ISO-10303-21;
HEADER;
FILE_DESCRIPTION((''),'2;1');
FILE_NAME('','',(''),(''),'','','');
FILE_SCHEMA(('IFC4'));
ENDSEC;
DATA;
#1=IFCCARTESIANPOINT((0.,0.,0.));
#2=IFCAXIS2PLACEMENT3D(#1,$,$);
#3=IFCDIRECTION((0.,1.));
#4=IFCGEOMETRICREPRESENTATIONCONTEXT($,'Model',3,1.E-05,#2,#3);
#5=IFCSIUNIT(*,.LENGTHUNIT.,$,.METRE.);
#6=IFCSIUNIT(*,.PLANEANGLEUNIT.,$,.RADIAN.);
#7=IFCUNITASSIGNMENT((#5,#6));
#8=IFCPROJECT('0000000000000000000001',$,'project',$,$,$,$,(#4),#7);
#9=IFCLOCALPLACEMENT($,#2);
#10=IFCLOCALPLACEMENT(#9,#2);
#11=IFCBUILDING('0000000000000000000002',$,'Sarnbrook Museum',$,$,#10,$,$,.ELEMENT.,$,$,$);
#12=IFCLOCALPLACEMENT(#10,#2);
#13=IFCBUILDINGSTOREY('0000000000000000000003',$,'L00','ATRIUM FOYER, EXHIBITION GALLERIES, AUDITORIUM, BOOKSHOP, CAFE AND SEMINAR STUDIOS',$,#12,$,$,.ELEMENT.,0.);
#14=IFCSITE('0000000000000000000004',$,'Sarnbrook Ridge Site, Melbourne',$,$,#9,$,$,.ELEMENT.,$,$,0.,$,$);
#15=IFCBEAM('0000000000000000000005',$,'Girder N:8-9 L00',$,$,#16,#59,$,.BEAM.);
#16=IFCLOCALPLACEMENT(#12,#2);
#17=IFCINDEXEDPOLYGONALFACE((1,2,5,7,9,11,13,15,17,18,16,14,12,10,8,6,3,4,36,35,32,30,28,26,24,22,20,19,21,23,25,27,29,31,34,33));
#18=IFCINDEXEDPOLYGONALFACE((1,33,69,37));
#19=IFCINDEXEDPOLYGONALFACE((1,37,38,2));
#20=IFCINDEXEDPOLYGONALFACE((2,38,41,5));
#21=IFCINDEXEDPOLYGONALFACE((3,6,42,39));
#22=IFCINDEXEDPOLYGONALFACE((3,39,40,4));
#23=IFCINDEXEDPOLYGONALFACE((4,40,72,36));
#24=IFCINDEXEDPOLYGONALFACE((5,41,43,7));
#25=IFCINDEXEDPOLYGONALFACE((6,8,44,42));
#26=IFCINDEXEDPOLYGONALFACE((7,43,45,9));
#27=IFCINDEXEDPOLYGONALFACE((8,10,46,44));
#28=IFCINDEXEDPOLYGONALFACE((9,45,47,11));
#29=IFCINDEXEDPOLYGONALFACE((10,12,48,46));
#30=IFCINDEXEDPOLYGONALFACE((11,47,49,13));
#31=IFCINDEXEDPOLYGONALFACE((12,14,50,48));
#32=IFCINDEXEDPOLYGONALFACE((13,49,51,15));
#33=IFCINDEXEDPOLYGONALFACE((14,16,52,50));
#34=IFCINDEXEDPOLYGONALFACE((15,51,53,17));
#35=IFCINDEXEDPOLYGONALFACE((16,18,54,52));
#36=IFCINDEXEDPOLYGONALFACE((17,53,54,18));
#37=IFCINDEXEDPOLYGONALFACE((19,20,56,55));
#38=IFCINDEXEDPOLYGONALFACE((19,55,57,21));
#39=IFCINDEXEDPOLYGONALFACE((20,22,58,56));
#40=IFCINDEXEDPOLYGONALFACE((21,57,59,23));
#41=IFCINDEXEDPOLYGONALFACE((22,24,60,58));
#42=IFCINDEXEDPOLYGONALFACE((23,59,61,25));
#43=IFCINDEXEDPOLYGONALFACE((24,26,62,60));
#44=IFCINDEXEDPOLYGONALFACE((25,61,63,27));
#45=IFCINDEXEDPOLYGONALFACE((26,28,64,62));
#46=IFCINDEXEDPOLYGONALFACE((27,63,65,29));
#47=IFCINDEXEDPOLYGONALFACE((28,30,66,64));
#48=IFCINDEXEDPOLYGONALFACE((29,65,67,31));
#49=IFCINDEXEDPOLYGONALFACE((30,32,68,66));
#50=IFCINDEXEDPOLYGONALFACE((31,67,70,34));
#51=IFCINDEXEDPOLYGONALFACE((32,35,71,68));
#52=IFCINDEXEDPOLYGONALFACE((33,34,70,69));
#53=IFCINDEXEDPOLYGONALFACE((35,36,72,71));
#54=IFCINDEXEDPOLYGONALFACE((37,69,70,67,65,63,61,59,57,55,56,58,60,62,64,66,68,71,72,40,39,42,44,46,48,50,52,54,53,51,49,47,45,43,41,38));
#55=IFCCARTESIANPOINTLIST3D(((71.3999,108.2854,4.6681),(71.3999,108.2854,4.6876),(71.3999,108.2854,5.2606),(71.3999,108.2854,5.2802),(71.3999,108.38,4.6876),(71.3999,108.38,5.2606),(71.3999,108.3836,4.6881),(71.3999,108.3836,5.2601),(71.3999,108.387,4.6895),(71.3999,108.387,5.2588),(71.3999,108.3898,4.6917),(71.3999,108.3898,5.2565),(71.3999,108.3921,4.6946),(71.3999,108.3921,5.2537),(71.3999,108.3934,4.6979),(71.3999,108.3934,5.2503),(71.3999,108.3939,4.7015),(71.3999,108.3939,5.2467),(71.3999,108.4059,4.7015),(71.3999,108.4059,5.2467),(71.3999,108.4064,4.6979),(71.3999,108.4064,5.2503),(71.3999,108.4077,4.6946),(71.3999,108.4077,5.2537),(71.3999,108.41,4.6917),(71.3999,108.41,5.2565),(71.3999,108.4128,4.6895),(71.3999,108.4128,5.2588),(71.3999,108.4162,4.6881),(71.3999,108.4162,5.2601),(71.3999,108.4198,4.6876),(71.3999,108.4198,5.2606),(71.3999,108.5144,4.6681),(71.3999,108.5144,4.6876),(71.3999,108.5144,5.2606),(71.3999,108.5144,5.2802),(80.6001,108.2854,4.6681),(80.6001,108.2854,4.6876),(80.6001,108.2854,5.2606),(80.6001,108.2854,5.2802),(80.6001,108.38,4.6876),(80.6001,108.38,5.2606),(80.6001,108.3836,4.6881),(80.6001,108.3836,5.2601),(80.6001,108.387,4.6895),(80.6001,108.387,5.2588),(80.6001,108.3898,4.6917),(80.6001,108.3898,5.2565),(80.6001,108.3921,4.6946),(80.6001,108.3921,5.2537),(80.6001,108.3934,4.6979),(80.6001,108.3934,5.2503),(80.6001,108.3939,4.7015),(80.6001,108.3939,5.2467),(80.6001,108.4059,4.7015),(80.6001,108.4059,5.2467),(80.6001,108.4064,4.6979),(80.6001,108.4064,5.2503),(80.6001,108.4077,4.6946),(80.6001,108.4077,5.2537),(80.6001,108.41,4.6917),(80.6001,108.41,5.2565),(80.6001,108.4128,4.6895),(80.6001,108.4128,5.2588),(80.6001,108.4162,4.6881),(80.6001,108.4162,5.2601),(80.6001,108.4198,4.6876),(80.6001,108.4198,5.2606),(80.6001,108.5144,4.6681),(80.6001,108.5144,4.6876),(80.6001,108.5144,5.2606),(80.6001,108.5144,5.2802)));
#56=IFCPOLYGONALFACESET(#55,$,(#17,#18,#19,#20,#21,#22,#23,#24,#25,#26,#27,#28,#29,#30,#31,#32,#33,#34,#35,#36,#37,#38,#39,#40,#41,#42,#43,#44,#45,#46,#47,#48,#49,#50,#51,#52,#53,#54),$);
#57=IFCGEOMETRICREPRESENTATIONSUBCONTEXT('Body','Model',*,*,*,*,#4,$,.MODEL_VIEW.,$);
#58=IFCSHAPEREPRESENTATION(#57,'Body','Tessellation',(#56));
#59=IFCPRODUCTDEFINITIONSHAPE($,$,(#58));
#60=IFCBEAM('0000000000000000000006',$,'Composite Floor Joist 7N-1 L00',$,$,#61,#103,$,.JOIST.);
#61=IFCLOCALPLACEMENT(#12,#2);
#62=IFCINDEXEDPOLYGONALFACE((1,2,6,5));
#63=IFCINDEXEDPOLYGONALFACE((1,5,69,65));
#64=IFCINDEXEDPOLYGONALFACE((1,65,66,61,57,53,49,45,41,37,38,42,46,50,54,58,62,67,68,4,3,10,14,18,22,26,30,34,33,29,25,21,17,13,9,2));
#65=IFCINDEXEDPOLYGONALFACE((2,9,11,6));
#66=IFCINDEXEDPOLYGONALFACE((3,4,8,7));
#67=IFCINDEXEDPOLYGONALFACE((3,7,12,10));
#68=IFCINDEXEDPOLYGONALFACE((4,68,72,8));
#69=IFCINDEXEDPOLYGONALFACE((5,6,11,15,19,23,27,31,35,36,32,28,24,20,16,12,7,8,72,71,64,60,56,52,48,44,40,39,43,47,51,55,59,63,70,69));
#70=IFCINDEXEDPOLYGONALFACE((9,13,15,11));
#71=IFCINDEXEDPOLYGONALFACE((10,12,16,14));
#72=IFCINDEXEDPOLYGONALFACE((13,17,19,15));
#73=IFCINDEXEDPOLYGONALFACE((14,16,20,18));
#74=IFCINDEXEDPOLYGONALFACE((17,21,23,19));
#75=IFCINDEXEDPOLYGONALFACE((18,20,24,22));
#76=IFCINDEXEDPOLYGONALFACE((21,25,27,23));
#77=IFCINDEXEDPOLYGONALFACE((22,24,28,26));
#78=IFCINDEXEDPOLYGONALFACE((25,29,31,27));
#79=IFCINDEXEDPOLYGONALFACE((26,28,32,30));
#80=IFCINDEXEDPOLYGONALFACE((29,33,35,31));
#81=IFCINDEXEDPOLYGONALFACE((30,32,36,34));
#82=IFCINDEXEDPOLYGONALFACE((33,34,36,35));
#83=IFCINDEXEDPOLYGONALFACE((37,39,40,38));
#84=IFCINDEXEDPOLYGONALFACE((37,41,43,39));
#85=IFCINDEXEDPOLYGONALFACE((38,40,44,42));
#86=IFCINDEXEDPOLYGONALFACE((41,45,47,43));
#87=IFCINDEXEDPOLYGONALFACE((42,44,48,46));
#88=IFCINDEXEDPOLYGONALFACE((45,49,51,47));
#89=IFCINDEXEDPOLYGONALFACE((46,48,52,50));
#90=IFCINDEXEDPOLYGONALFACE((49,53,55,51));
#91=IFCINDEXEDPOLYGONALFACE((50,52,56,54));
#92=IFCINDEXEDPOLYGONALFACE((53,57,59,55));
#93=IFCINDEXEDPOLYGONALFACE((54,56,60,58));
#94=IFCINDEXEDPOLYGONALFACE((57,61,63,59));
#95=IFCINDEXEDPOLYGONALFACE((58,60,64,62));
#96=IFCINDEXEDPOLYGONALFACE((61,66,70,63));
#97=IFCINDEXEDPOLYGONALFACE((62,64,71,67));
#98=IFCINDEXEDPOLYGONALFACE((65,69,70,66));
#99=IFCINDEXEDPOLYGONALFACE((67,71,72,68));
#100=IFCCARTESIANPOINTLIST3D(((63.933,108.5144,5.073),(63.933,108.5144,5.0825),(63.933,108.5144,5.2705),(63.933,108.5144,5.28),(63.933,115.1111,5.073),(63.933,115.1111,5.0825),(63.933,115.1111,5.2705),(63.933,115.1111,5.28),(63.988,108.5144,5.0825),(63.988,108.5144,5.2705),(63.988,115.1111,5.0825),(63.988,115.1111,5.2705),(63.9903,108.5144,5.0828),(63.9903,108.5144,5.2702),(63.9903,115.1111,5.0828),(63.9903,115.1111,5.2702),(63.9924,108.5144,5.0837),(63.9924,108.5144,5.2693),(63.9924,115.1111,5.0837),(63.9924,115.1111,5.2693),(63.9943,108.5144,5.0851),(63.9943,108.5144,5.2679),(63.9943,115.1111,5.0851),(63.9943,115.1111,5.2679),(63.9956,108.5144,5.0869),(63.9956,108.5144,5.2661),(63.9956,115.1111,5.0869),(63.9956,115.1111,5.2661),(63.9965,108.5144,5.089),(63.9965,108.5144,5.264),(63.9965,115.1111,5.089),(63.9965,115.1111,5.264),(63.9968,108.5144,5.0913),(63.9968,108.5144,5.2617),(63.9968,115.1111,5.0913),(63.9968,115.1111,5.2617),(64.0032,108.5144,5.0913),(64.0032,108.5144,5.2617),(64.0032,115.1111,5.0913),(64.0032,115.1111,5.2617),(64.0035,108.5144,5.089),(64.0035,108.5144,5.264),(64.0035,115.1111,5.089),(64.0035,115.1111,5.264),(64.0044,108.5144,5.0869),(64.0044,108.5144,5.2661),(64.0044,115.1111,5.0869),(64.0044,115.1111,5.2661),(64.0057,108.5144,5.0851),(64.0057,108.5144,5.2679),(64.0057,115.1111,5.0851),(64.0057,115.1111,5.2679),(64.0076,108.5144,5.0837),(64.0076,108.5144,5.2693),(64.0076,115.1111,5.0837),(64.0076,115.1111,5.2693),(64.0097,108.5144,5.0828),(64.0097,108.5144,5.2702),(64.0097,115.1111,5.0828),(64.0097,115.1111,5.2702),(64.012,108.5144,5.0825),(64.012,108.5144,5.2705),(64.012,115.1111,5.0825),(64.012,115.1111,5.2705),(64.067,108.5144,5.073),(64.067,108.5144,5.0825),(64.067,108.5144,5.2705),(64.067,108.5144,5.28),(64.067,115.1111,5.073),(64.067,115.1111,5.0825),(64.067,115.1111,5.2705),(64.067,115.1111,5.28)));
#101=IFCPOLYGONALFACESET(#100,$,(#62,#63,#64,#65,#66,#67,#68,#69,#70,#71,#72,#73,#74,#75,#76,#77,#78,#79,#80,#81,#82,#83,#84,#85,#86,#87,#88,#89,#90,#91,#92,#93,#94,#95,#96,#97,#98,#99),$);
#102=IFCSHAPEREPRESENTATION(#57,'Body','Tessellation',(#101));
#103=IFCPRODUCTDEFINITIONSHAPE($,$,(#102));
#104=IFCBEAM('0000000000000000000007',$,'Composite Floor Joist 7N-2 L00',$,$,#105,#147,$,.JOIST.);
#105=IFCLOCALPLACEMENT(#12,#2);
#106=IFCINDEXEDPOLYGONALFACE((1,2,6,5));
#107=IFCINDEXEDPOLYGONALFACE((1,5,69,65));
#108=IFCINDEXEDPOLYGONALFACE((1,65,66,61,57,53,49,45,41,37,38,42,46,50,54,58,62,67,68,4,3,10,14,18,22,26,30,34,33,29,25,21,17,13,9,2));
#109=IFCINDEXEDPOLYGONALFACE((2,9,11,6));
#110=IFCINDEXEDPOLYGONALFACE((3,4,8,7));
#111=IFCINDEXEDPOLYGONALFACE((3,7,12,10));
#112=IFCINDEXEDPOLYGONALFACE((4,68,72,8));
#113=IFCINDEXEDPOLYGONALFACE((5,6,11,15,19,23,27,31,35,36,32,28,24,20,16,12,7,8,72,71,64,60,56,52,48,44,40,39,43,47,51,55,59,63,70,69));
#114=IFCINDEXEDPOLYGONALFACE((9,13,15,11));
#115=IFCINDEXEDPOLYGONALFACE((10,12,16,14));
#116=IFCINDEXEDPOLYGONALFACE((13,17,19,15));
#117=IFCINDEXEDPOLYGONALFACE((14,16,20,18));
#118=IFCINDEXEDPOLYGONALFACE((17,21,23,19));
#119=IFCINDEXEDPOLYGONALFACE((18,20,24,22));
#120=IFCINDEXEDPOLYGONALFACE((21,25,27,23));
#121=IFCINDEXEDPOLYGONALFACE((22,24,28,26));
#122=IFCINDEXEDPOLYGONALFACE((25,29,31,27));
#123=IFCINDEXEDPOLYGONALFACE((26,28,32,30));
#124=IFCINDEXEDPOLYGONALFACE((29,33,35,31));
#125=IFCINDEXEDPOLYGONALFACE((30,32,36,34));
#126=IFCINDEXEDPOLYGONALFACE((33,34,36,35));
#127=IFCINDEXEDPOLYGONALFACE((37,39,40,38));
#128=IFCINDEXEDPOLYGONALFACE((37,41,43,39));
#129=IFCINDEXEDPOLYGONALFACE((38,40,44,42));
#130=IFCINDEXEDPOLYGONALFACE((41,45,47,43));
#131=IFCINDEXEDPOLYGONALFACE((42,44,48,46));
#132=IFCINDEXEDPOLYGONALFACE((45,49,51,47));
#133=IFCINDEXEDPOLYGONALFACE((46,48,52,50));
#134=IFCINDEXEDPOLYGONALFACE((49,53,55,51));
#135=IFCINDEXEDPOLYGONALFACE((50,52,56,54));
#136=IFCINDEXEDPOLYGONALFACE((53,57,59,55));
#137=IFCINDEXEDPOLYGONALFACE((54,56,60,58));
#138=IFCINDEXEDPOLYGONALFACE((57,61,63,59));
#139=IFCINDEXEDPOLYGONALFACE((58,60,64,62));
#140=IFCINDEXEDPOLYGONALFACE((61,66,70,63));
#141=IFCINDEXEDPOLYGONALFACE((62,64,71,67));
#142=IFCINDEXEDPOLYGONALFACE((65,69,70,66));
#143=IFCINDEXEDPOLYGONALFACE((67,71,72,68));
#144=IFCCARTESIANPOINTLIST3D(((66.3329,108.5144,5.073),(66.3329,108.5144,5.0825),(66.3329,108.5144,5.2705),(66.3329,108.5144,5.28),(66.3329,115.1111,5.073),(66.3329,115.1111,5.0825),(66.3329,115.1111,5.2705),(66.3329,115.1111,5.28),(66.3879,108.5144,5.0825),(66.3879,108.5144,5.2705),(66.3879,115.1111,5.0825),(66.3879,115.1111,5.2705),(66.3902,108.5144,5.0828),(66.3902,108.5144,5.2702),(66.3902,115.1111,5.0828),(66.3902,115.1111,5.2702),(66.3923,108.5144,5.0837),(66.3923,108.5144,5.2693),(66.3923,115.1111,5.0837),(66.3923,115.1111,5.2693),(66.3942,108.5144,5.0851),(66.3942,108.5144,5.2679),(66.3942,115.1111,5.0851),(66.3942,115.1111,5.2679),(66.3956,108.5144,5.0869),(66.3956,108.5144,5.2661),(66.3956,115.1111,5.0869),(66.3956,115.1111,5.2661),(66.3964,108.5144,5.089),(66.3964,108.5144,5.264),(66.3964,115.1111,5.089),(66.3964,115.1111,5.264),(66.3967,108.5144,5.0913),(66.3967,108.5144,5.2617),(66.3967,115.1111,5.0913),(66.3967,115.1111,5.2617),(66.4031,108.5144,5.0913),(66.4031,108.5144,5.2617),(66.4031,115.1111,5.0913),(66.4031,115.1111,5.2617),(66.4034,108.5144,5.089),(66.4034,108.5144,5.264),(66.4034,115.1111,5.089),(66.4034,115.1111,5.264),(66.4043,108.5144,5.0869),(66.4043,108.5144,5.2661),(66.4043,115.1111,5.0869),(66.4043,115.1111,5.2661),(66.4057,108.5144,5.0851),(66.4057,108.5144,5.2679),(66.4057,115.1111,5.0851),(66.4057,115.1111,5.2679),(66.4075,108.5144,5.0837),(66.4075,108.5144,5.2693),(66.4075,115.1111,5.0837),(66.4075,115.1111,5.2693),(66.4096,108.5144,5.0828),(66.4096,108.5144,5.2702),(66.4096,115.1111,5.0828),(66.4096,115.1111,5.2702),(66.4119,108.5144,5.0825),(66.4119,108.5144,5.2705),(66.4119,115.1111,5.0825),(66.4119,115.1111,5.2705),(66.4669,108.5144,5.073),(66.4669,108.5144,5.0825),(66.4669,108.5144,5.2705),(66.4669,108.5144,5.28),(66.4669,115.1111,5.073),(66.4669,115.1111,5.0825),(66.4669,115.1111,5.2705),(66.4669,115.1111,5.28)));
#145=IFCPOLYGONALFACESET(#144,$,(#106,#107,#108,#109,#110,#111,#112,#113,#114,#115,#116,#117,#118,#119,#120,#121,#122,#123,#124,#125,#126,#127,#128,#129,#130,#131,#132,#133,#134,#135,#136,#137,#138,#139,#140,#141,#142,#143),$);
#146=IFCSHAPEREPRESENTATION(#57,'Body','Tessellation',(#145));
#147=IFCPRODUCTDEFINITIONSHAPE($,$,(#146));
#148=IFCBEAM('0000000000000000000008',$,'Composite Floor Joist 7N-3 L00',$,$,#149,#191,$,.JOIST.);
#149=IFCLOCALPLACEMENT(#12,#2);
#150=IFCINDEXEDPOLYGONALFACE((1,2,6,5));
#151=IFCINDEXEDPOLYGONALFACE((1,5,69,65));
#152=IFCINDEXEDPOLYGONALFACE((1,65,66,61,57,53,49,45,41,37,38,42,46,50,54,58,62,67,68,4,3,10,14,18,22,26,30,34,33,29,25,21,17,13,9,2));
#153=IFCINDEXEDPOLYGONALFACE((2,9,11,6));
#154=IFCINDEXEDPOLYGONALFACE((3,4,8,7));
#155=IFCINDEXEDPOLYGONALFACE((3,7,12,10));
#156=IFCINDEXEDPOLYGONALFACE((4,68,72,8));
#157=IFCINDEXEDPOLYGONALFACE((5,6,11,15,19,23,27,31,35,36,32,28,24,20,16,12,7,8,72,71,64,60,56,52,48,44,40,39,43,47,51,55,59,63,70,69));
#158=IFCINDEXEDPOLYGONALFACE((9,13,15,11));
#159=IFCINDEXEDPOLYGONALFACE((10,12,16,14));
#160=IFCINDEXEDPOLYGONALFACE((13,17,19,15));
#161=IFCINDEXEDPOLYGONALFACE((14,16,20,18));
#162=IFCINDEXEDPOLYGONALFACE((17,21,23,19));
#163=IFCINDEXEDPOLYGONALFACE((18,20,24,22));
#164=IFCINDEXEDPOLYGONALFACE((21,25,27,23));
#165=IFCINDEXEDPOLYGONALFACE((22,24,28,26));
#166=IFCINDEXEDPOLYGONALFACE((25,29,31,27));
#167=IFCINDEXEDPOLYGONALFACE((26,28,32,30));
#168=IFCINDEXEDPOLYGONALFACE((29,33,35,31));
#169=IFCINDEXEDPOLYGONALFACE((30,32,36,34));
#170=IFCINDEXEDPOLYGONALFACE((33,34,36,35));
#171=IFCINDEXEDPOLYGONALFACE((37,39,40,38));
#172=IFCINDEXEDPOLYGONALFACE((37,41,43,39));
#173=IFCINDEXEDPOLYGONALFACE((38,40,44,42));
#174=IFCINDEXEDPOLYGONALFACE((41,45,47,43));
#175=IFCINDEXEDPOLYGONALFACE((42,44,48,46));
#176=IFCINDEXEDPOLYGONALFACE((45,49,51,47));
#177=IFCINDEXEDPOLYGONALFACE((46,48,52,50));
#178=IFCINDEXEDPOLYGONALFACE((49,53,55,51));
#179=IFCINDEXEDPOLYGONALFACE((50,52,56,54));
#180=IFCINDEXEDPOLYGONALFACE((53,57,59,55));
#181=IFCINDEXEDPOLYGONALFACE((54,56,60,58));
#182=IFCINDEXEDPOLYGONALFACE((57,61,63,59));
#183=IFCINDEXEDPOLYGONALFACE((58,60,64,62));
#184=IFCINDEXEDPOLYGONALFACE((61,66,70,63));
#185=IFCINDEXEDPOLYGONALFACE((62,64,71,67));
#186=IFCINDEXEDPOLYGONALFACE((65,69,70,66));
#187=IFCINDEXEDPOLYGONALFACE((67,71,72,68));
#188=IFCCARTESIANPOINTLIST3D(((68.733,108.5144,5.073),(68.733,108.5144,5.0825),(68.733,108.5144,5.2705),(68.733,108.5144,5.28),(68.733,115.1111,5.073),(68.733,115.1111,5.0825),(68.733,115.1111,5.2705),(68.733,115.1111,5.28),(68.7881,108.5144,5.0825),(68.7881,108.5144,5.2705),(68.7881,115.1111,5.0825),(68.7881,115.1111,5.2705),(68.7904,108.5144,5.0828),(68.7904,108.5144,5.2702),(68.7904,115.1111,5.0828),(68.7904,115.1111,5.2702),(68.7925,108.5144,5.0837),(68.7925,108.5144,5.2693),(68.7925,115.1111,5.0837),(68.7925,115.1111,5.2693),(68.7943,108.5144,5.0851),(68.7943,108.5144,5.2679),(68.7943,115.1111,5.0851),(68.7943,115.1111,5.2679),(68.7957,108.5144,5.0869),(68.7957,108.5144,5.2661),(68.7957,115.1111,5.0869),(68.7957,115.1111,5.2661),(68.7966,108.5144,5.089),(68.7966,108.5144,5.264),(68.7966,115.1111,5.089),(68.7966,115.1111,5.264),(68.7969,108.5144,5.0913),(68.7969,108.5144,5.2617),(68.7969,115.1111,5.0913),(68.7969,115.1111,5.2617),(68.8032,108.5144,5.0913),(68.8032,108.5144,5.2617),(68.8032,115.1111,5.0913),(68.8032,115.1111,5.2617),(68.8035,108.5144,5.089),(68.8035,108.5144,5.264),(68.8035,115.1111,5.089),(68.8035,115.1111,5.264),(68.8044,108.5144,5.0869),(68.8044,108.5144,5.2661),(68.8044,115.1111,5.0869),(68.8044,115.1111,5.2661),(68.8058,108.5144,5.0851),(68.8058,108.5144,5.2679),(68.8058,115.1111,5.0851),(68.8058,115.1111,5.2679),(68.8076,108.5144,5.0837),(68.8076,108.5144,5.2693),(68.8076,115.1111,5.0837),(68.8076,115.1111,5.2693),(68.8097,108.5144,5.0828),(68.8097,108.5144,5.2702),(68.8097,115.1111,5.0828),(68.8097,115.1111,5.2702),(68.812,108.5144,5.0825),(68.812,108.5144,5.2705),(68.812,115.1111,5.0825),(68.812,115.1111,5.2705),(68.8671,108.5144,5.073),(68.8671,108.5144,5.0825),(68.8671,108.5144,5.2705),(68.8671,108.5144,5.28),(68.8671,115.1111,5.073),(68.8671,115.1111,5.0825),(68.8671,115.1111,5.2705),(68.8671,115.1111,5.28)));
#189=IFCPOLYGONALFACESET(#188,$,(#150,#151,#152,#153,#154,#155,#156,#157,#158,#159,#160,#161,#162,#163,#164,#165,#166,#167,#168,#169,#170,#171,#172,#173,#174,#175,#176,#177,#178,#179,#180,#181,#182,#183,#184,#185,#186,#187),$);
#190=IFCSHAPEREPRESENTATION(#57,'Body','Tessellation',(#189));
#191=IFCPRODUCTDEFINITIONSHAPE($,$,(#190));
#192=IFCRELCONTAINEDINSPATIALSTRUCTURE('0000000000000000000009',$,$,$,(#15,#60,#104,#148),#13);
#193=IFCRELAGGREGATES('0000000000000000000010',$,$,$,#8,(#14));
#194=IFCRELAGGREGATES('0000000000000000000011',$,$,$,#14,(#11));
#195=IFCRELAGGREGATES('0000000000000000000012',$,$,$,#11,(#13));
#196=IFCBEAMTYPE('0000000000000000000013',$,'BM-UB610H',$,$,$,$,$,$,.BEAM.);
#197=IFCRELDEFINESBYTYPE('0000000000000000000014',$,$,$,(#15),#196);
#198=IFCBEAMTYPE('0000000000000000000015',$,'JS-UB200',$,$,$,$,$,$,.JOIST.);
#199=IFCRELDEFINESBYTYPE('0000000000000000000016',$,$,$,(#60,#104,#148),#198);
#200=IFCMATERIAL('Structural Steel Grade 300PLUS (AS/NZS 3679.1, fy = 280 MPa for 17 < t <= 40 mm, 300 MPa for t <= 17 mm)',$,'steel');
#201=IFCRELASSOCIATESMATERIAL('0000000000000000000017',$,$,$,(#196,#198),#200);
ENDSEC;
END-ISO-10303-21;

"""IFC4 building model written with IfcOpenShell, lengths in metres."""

from ifc_helpers import new_model, si_unit, direction, frame, origin, origin_2d, place, context, subcontext, project, spatial, i_section, extrude, material, material_profile, profile_set, type_object, element, save


model = new_model("IFC4")

# Units and contexts
model_context = context("Model", 3, precision=1e-05, world=origin(), true_north=direction((0.0, 1.0)))
body_context = subcontext(model_context, "Body", "Model", "MODEL_VIEW")
ifc_project = project(units=[si_unit("LENGTHUNIT", "METRE"), si_unit("PLANEANGLEUNIT", "RADIAN")], contexts=[model_context])

# Site, building, storey
site_placement = place(None, origin())
site = spatial("IfcSite", under=ifc_project, at=site_placement, Name="Sarnbrook Ridge Site, Melbourne", CompositionType="ELEMENT", RefElevation=0.0)
building_placement = place(site_placement, origin())
building = spatial("IfcBuilding", under=site, at=building_placement, Name="Sarnbrook Museum", CompositionType="ELEMENT")
storey_placement = place(building_placement, origin())
storey = spatial("IfcBuildingStorey", under=building, at=storey_placement, Name="L00", Description="ATRIUM FOYER, EXHIBITION GALLERIES, AUDITORIUM, BOOKSHOP, CAFE AND SEMINAR STUDIOS", CompositionType="ELEMENT", Elevation=0.0)

# Shared definitions
ifc_material_1 = material(Name="Structural Steel Grade 300PLUS (AS/NZS 3679.1, fy = 280 MPa for 17 < t <= 40 mm, 300 MPa for t <= 17 mm)", Category="steel")

# Beams
ifc_material_profile_1 = material_profile(ifc_material_1, i_section(OverallWidth=0.229, OverallDepth=0.6121, WebThickness=0.012, FlangeThickness=0.0195, FilletRadius=0.0139, at=origin_2d()), Name="610UB125")
ifc_profile_set_1 = profile_set([ifc_material_profile_1], Name="Structural Steel Grade 300PLUS (AS/NZS 3679.1, fy = 280 MPa for 17 < t <= 40 mm, 300 MPa for t <= 17 mm)")
beam_type_1 = type_object("IfcBeamType", Name="BM-UB610H", PredefinedType="BEAM", material=ifc_profile_set_1)
beam_1_placement = place(storey_placement, frame((71.3999, 108.3999, 4.9741), z_axis=(1.0, 0.0, 0.0), x_axis=(0.0, 1.0, 0.0)))
element("IfcBeam", 1, at=beam_1_placement, inside=storey, type_object=beam_type_1, Name="Girder N:8-9 L00", PredefinedType="BEAM", context=body_context, shape_type="SweptSolid", body=[
    extrude(i_section(OverallWidth=0.229, OverallDepth=0.6121, WebThickness=0.012, FlangeThickness=0.0195, FilletRadius=0.0139, at=origin_2d()), origin(), (0.0, 0.0, 1.0), 9.2002),
])
ifc_material_profile_2 = material_profile(ifc_material_1, i_section(OverallWidth=0.134, OverallDepth=0.207, WebThickness=0.0063, FlangeThickness=0.0095, FilletRadius=0.0088, at=origin_2d()), Name="200UB29.8")
ifc_profile_set_2 = profile_set([ifc_material_profile_2], Name="Structural Steel Grade 300PLUS (AS/NZS 3679.1, fy = 280 MPa for 17 < t <= 40 mm, 300 MPa for t <= 17 mm)")
beam_type_2 = type_object("IfcBeamType", Name="JS-UB200", PredefinedType="JOIST", material=ifc_profile_set_2)
for number, where, z_axis, x_axis, name in (
    (2, (64.0, 108.5144, 5.1765), (0.0, 1.0, 0.0), (-1.0, 0.0, 0.0), "Composite Floor Joist 7N-1 L00"),
    (3, (66.3999, 108.5144, 5.1765), (0.0, 1.0, 0.0), (-1.0, 0.0, 0.0), "Composite Floor Joist 7N-2 L00"),
    (4, (68.8, 108.5144, 5.1765), (0.0, 1.0, 0.0), (-1.0, 0.0, 0.0), "Composite Floor Joist 7N-3 L00"),
):
    element("IfcBeam", number, at=place(storey_placement, frame(where, z_axis=z_axis, x_axis=x_axis)), inside=storey, type_object=beam_type_2, Name=name, PredefinedType="JOIST", context=body_context, shape_type="SweptSolid", body=[
        extrude(i_section(OverallWidth=0.134, OverallDepth=0.207, WebThickness=0.0063, FlangeThickness=0.0095, FilletRadius=0.0088, at=origin_2d()), origin(), (0.0, 0.0, 1.0), 6.5967),
    ])

save(model, "model.ifc")
